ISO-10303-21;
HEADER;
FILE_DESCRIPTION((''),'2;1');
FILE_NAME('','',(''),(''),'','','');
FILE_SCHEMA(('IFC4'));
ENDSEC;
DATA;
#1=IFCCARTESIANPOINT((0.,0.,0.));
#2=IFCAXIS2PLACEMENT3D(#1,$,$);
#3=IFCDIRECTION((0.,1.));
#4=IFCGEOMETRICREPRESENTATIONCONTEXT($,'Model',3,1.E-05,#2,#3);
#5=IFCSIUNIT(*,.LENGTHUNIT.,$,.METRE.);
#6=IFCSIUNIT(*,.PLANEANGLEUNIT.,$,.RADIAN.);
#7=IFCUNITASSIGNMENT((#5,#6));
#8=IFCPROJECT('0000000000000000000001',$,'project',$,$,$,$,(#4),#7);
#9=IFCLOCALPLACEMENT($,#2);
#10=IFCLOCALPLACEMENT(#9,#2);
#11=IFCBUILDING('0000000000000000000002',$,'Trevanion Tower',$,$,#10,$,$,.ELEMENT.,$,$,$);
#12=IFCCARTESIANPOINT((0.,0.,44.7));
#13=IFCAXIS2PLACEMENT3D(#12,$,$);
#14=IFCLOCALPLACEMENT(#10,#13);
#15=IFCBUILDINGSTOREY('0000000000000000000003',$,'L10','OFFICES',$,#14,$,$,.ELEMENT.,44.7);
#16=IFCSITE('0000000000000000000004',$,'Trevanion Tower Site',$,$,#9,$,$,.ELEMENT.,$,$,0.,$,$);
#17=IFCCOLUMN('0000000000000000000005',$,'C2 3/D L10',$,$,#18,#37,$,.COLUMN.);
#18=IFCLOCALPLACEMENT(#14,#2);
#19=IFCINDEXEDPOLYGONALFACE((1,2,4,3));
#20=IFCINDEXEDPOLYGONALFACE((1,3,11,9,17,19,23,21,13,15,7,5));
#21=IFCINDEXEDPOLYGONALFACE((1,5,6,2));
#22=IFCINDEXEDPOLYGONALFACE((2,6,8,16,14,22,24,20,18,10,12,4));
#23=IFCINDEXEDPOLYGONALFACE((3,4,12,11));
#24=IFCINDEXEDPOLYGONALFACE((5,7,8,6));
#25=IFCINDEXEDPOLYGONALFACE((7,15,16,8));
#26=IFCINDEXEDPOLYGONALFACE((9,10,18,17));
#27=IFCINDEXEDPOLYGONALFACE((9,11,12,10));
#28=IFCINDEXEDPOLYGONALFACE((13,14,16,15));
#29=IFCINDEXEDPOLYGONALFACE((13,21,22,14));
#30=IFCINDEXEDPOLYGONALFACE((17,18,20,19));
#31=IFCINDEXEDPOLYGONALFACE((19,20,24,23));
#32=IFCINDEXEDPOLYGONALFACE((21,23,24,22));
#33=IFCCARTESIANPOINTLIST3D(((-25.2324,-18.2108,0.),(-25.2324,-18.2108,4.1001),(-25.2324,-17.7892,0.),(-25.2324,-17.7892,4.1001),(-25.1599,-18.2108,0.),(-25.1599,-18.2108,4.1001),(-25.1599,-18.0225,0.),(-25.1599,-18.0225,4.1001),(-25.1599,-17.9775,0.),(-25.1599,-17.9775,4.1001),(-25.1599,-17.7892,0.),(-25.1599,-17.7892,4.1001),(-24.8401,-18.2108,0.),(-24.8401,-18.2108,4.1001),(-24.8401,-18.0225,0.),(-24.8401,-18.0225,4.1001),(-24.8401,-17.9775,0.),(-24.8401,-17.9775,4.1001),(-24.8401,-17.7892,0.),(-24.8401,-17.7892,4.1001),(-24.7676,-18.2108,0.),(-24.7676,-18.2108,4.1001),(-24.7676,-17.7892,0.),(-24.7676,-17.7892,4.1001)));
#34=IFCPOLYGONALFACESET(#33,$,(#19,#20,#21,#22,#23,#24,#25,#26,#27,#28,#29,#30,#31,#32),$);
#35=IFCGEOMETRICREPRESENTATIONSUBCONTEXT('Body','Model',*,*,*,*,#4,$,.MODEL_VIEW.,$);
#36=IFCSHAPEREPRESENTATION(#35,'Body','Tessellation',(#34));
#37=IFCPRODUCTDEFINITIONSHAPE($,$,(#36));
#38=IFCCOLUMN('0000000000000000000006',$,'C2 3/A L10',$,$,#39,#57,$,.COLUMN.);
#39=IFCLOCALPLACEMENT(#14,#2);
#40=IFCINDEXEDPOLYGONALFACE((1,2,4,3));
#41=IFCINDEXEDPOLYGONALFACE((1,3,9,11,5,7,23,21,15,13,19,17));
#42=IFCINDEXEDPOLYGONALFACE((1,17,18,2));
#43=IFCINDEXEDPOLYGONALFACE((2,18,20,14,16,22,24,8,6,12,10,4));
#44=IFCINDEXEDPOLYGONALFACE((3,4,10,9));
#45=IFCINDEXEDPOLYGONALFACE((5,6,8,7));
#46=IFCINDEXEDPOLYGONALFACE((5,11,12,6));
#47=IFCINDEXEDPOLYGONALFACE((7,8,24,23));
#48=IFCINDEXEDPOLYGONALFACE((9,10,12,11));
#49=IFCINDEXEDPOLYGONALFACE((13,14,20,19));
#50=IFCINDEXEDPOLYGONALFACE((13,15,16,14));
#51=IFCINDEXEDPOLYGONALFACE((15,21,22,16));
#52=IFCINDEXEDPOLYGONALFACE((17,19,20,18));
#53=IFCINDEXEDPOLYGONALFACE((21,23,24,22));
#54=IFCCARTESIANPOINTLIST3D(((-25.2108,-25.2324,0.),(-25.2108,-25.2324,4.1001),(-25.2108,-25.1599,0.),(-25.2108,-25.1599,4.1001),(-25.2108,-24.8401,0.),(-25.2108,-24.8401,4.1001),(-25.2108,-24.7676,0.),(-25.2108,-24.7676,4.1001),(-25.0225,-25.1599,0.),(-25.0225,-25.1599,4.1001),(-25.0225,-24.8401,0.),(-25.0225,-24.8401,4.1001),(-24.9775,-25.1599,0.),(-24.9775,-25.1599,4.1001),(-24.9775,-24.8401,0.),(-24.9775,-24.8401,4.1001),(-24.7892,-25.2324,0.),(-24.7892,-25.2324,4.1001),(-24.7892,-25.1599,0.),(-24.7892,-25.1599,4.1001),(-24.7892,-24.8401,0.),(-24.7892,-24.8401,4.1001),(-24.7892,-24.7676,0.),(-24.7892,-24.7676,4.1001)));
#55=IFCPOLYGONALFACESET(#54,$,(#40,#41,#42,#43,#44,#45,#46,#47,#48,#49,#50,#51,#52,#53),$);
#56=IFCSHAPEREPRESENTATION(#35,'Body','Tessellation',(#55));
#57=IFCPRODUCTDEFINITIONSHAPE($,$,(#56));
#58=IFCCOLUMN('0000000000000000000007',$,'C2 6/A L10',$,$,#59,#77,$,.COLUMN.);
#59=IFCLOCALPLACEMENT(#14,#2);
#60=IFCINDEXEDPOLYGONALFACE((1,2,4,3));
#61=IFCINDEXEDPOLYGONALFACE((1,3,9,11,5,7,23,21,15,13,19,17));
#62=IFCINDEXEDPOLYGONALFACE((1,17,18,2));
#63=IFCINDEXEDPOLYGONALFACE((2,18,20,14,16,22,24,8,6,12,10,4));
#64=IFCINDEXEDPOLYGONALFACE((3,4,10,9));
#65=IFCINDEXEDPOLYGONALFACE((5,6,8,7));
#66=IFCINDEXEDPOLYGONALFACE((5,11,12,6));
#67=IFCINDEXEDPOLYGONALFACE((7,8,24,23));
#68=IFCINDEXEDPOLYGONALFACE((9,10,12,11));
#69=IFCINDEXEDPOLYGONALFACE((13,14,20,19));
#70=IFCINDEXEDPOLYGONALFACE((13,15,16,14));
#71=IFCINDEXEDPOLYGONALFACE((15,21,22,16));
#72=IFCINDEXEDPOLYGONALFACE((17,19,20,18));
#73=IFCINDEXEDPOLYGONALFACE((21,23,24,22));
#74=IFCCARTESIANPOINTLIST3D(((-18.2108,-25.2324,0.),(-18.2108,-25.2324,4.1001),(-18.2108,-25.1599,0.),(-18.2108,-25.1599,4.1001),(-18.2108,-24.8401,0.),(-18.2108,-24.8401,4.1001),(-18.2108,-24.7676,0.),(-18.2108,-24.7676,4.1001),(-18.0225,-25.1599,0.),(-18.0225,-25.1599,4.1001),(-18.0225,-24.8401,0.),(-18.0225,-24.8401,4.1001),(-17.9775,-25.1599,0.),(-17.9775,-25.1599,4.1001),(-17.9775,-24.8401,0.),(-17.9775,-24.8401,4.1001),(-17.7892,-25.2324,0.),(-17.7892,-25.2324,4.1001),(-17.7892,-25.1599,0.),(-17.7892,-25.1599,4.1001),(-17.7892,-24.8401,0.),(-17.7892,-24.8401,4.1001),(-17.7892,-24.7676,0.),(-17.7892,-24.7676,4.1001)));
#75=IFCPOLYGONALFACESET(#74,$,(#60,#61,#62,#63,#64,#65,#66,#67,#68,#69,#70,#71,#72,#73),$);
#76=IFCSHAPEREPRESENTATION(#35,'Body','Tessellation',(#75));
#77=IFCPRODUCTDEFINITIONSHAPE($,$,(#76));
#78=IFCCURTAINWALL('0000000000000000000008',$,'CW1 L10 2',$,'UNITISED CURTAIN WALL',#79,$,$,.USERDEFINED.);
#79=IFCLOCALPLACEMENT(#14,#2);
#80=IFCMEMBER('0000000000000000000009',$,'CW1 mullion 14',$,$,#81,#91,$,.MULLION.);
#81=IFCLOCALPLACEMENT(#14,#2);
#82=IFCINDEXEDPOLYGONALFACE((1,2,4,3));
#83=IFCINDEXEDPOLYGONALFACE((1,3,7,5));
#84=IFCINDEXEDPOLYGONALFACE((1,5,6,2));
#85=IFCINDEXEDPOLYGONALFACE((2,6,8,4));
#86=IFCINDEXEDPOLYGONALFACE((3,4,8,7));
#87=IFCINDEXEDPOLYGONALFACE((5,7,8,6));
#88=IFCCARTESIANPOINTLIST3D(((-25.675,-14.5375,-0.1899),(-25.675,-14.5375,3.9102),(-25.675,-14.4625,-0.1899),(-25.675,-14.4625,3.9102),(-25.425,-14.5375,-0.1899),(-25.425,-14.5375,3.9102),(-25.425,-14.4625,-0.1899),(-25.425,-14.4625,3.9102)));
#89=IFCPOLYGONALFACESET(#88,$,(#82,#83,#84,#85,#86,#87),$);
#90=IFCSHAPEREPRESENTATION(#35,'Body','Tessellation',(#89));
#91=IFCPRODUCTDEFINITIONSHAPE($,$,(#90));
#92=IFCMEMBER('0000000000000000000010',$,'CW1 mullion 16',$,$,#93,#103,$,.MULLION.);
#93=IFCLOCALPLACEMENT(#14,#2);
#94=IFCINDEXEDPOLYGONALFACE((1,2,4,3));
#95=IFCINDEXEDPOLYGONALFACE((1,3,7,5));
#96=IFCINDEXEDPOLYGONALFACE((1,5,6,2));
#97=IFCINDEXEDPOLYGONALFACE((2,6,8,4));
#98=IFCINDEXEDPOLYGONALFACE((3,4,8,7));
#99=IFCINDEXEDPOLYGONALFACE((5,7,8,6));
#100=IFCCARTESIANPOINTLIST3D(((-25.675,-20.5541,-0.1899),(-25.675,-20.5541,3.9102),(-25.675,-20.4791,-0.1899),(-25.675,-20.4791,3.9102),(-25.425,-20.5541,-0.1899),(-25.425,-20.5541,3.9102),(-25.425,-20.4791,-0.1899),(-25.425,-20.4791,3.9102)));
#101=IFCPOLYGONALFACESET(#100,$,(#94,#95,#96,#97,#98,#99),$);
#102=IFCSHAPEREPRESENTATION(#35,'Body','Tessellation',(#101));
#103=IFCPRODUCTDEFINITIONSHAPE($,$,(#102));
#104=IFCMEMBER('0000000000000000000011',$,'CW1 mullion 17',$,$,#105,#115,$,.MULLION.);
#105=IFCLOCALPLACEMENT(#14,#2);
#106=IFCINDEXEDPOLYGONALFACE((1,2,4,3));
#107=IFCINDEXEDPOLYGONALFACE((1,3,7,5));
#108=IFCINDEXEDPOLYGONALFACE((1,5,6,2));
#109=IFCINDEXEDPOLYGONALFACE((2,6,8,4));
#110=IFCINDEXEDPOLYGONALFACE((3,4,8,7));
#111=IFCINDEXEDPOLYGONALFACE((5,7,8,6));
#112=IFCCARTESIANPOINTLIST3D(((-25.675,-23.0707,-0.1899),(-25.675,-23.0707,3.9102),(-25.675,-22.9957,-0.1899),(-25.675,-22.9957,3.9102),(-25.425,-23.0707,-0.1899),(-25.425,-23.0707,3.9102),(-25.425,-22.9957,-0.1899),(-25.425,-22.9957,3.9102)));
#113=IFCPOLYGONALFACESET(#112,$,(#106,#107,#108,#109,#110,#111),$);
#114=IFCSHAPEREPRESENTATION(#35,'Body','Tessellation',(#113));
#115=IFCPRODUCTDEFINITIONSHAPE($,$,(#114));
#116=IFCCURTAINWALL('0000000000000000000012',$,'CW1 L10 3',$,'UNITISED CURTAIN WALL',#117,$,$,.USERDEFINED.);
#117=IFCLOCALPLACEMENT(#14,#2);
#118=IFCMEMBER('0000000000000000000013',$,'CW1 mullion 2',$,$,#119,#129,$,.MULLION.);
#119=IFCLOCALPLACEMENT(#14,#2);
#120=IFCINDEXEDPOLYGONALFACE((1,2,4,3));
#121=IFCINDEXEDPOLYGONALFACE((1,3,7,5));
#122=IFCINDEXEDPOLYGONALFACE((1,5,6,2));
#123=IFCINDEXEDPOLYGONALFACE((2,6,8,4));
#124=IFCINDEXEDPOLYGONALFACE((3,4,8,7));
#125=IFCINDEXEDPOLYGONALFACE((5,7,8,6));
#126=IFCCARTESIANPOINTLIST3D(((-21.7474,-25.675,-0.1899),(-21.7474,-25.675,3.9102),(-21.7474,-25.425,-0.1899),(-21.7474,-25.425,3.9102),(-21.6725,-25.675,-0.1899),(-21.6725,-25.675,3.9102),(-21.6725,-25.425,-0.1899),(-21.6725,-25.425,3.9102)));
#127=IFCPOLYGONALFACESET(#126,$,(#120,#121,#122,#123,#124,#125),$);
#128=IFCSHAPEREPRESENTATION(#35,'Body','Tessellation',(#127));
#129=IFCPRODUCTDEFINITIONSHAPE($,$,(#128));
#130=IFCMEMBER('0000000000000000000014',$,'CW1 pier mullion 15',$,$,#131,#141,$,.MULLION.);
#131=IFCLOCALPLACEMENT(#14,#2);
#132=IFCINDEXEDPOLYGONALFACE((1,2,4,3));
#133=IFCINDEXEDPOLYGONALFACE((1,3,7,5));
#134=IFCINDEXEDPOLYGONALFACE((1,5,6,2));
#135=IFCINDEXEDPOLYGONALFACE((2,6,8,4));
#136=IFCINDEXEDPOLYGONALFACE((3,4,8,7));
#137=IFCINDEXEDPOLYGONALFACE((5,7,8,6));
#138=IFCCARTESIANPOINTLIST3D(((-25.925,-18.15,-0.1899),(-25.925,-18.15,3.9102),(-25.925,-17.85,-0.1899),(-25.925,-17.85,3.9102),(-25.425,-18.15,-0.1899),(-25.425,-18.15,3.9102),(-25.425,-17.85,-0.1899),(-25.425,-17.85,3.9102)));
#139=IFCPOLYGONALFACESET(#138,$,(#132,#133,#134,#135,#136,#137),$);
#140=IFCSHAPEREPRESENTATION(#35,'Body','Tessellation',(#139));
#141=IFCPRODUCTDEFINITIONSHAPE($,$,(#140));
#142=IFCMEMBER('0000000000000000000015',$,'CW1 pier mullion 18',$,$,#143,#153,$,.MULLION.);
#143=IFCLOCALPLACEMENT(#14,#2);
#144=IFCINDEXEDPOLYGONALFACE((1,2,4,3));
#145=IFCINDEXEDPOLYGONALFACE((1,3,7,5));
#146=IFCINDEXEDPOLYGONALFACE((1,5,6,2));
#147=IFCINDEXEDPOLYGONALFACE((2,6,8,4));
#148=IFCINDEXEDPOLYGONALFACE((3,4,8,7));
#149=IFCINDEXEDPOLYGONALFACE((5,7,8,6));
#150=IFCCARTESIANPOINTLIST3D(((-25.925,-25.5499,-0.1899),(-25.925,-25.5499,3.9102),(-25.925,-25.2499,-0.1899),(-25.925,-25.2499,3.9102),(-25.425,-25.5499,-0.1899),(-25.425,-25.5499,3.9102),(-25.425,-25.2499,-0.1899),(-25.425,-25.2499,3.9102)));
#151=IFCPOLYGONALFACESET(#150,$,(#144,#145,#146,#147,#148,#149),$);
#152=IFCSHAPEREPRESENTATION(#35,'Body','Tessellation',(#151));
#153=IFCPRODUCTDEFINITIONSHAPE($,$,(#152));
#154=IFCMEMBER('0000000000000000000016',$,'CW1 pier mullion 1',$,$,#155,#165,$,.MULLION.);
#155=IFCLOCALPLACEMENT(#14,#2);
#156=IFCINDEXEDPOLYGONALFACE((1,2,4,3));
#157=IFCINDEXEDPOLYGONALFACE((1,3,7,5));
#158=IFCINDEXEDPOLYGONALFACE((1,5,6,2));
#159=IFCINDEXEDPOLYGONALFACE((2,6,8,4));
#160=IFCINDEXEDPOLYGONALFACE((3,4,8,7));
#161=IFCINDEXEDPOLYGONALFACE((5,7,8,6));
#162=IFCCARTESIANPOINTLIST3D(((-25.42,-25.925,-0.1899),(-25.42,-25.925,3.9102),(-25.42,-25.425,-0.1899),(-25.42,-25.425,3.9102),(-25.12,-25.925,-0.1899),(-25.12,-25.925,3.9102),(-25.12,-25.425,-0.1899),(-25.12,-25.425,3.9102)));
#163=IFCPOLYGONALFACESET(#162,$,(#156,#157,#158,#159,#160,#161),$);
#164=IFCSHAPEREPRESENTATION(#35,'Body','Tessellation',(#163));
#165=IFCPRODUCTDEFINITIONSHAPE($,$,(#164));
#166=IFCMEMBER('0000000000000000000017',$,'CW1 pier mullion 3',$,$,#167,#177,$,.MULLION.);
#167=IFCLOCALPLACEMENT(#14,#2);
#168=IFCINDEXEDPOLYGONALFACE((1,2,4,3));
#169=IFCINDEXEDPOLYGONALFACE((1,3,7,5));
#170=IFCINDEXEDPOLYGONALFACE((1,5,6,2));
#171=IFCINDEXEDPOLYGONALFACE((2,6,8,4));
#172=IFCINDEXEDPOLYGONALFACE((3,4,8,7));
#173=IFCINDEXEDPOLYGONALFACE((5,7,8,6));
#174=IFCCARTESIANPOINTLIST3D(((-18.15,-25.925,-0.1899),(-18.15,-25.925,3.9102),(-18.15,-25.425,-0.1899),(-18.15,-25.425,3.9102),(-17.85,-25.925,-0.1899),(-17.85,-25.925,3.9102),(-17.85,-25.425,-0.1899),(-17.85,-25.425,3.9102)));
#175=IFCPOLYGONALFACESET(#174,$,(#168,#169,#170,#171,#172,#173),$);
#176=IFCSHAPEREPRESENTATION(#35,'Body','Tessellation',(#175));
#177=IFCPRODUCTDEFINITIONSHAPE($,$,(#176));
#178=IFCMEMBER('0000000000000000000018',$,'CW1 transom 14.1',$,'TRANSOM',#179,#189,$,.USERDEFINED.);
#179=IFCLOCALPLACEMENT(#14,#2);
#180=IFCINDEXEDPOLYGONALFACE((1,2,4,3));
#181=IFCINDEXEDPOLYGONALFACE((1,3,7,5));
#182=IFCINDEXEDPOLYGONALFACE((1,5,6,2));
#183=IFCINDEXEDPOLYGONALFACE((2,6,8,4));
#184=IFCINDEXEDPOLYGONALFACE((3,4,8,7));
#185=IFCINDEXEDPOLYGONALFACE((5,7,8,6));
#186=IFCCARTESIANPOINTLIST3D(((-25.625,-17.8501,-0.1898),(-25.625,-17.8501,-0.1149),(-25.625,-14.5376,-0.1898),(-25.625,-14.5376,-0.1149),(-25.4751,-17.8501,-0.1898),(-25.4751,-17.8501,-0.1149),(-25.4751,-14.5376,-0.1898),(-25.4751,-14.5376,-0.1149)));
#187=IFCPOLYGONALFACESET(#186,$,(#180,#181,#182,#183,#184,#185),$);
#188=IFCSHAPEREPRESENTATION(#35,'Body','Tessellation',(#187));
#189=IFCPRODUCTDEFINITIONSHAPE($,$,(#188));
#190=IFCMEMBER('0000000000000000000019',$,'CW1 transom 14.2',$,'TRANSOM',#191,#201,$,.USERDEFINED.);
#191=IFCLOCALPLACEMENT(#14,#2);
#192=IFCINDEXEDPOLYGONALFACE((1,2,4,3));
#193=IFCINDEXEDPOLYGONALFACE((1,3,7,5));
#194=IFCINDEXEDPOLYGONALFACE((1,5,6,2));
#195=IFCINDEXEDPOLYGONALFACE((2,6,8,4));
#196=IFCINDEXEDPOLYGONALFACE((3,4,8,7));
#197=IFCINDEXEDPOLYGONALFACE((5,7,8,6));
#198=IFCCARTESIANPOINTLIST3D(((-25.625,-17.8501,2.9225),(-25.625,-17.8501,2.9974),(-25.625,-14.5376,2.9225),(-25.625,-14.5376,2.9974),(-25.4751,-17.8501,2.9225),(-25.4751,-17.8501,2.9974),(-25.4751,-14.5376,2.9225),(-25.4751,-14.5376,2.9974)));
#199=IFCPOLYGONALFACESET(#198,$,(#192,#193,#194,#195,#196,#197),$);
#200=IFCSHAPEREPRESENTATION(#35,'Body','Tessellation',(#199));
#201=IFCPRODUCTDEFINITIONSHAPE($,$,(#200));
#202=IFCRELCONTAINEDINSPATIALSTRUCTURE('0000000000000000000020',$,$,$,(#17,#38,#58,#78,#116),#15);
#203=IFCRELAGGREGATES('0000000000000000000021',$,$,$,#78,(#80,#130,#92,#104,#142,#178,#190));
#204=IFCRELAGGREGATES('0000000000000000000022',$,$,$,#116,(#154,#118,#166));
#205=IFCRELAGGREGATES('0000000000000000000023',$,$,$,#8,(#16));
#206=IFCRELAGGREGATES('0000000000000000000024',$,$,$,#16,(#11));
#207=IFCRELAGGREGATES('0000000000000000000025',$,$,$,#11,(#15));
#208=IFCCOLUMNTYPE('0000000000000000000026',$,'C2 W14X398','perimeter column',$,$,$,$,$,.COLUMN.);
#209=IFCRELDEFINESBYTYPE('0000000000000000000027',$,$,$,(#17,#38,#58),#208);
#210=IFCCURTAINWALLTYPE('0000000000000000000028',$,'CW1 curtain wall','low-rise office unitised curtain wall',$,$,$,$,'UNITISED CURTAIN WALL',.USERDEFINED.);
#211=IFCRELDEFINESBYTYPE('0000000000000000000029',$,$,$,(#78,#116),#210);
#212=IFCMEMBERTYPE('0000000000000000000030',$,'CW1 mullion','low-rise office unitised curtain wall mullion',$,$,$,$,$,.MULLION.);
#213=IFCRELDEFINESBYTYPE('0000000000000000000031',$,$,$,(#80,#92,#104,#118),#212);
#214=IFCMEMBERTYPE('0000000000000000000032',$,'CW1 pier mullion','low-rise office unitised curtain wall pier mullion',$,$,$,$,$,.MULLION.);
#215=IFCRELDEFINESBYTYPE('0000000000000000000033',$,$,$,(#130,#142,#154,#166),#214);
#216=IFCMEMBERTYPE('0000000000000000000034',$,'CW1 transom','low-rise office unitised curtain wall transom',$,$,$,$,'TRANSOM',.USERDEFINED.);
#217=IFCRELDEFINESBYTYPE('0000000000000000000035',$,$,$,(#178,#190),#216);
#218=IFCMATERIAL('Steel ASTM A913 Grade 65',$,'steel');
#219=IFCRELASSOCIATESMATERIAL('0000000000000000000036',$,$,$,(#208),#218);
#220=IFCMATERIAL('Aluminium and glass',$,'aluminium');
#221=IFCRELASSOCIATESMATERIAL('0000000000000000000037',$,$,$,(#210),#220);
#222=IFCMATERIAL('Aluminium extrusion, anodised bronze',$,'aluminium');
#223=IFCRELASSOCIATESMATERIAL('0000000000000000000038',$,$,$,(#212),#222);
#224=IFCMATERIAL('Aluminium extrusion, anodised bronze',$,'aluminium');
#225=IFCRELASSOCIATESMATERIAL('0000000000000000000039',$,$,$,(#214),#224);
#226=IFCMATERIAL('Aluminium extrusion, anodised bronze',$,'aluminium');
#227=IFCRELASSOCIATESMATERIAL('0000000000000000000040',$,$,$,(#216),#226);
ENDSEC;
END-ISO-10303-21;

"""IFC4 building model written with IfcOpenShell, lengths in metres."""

from ifc_helpers import new_model, si_unit, direction, frame, origin, origin_2d, place, context, subcontext, project, spatial, rectangle, i_section, extrude, material, material_profile, profile_set, type_object, element, aggregate, save


model = new_model("IFC4")

# Units and contexts
model_context = context("Model", 3, precision=1e-05, world=origin(), true_north=direction((0.0, 1.0)))
body_context = subcontext(model_context, "Body", "Model", "MODEL_VIEW")
ifc_project = project(units=[si_unit("LENGTHUNIT", "METRE"), si_unit("PLANEANGLEUNIT", "RADIAN")], contexts=[model_context])

# Site, building, storey
site_placement = place(None, origin())
site = spatial("IfcSite", under=ifc_project, at=site_placement, Name="Trevanion Tower Site", CompositionType="ELEMENT", RefElevation=0.0)
building_placement = place(site_placement, origin())
building = spatial("IfcBuilding", under=site, at=building_placement, Name="Trevanion Tower", CompositionType="ELEMENT")
storey_placement = place(building_placement, frame((0.0, 0.0, 44.7)))
storey = spatial("IfcBuildingStorey", under=building, at=storey_placement, Name="L10", Description="OFFICES", CompositionType="ELEMENT", Elevation=44.7)

# Columns
ifc_material_1 = material(Name="Steel ASTM A913 Grade 65", Category="steel")
ifc_material_profile_1 = material_profile(ifc_material_1, i_section(OverallWidth=0.4216, OverallDepth=0.4648, WebThickness=0.0449, FlangeThickness=0.0725, at=origin_2d()), Name="W14X398")
ifc_profile_set_1 = profile_set([ifc_material_profile_1], Name="Steel ASTM A913 Grade 65")
column_type = type_object("IfcColumnType", Name="C2 W14X398", Description="perimeter column", PredefinedType="COLUMN", material=ifc_profile_set_1)
for number, where, z_axis, x_axis, name in (
    (1, (-25.0, -18.0, 0.0), (0.0, 0.0, 1.0), (0.0, 1.0, 0.0), "C2 3/D L10"),
    (2, (-25.0, -25.0, 0.0), (0.0, 0.0, 1.0), (1.0, 0.0, 0.0), "C2 3/A L10"),
    (3, (-18.0, -25.0, 0.0), (0.0, 0.0, 1.0), (1.0, 0.0, 0.0), "C2 6/A L10"),
):
    element("IfcColumn", number, at=place(storey_placement, frame(where, z_axis=z_axis, x_axis=x_axis)), inside=storey, type_object=column_type, Name=name, PredefinedType="COLUMN", context=body_context, shape_type="SweptSolid", body=[
        extrude(i_section(OverallWidth=0.4216, OverallDepth=0.4648, WebThickness=0.0449, FlangeThickness=0.0725, at=origin_2d()), origin(), (0.0, 0.0, 1.0), 4.1001),
    ])

# Curtain wall, members
ifc_material_2 = material(Name="Aluminium and glass", Category="aluminium")
curtain_wall_type = type_object("IfcCurtainWallType", Name="CW1 curtain wall", Description="low-rise office unitised curtain wall", ElementType="UNITISED CURTAIN WALL", PredefinedType="USERDEFINED", material=ifc_material_2)
curtain_wall_1_placement = place(storey_placement, origin())
curtain_wall_1 = element("IfcCurtainWall", 4, at=curtain_wall_1_placement, inside=storey, type_object=curtain_wall_type, Name="CW1 L10 2", ObjectType="UNITISED CURTAIN WALL", PredefinedType="USERDEFINED")
ifc_material_3 = material(Name="Aluminium extrusion, anodised bronze", Category="aluminium")
ifc_material_profile_2 = material_profile(ifc_material_3, rectangle(XDim=0.075, YDim=0.25, at=origin_2d()), Name="CW1 mullion")
ifc_profile_set_2 = profile_set([ifc_material_profile_2], Name="Aluminium extrusion, anodised bronze")
member_type_1 = type_object("IfcMemberType", Name="CW1 mullion", Description="low-rise office unitised curtain wall mullion", PredefinedType="MULLION", material=ifc_profile_set_2)
member_1_placement = place(storey_placement, frame((-25.55, -14.5, -0.1899), z_axis=(0.0, 0.0, 1.0), x_axis=(0.0, -1.0, 0.0)))
member_1 = element("IfcMember", 5, at=member_1_placement, type_object=member_type_1, Name="CW1 mullion 14", PredefinedType="MULLION", context=body_context, shape_type="SweptSolid", body=[
    extrude(rectangle(XDim=0.075, YDim=0.25, at=origin_2d()), origin(), (0.0, 0.0, 1.0), 4.1001),
])
member_2_placement = place(storey_placement, frame((-25.55, -20.5166, -0.1899), z_axis=(0.0, 0.0, 1.0), x_axis=(0.0, -1.0, 0.0)))
member_2 = element("IfcMember", 6, at=member_2_placement, type_object=member_type_1, Name="CW1 mullion 16", PredefinedType="MULLION", context=body_context, shape_type="SweptSolid", body=[
    extrude(rectangle(XDim=0.075, YDim=0.25, at=origin_2d()), origin(), (0.0, 0.0, 1.0), 4.1001),
])
member_3_placement = place(storey_placement, frame((-25.55, -23.0332, -0.1899), z_axis=(0.0, 0.0, 1.0), x_axis=(0.0, -1.0, 0.0)))
member_3 = element("IfcMember", 7, at=member_3_placement, type_object=member_type_1, Name="CW1 mullion 17", PredefinedType="MULLION", context=body_context, shape_type="SweptSolid", body=[
    extrude(rectangle(XDim=0.075, YDim=0.25, at=origin_2d()), origin(), (0.0, 0.0, 1.0), 4.1001),
])

# Curtain wall, member
curtain_wall_2_placement = place(storey_placement, origin())
curtain_wall_2 = element("IfcCurtainWall", 8, at=curtain_wall_2_placement, inside=storey, type_object=curtain_wall_type, Name="CW1 L10 3", ObjectType="UNITISED CURTAIN WALL", PredefinedType="USERDEFINED")
member_4_placement = place(storey_placement, frame((-21.71, -25.55, -0.1899), z_axis=(0.0, 0.0, 1.0), x_axis=(1.0, 0.0, 0.0)))
member_4 = element("IfcMember", 9, at=member_4_placement, type_object=member_type_1, Name="CW1 mullion 2", PredefinedType="MULLION", context=body_context, shape_type="SweptSolid", body=[
    extrude(rectangle(XDim=0.075, YDim=0.25, at=origin_2d()), origin(), (0.0, 0.0, 1.0), 4.1001),
])

# Members
ifc_material_4 = material(Name="Aluminium extrusion, anodised bronze", Category="aluminium")
ifc_material_profile_3 = material_profile(ifc_material_4, rectangle(XDim=0.3, YDim=0.5, at=origin_2d()), Name="CW1 pier mullion")
ifc_profile_set_3 = profile_set([ifc_material_profile_3], Name="Aluminium extrusion, anodised bronze")
member_type_2 = type_object("IfcMemberType", Name="CW1 pier mullion", Description="low-rise office unitised curtain wall pier mullion", PredefinedType="MULLION", material=ifc_profile_set_3)
member_5_placement = place(storey_placement, frame((-25.675, -18.0, -0.1899), z_axis=(0.0, 0.0, 1.0), x_axis=(0.0, -1.0, 0.0)))
member_5 = element("IfcMember", 10, at=member_5_placement, type_object=member_type_2, Name="CW1 pier mullion 15", PredefinedType="MULLION", context=body_context, shape_type="SweptSolid", body=[
    extrude(rectangle(XDim=0.3, YDim=0.5, at=origin_2d()), origin(), (0.0, 0.0, 1.0), 4.1001),
])
member_6_placement = place(storey_placement, frame((-25.675, -25.3999, -0.1899), z_axis=(0.0, 0.0, 1.0), x_axis=(0.0, -1.0, 0.0)))
member_6 = element("IfcMember", 11, at=member_6_placement, type_object=member_type_2, Name="CW1 pier mullion 18", PredefinedType="MULLION", context=body_context, shape_type="SweptSolid", body=[
    extrude(rectangle(XDim=0.3, YDim=0.5, at=origin_2d()), origin(), (0.0, 0.0, 1.0), 4.1001),
])
member_7_placement = place(storey_placement, frame((-25.27, -25.675, -0.1899), z_axis=(0.0, 0.0, 1.0), x_axis=(1.0, 0.0, 0.0)))
member_7 = element("IfcMember", 12, at=member_7_placement, type_object=member_type_2, Name="CW1 pier mullion 1", PredefinedType="MULLION", context=body_context, shape_type="SweptSolid", body=[
    extrude(rectangle(XDim=0.3, YDim=0.5, at=origin_2d()), origin(), (0.0, 0.0, 1.0), 4.1001),
])
member_8_placement = place(storey_placement, frame((-18.0, -25.675, -0.1899), z_axis=(0.0, 0.0, 1.0), x_axis=(1.0, 0.0, 0.0)))
member_8 = element("IfcMember", 13, at=member_8_placement, type_object=member_type_2, Name="CW1 pier mullion 3", PredefinedType="MULLION", context=body_context, shape_type="SweptSolid", body=[
    extrude(rectangle(XDim=0.3, YDim=0.5, at=origin_2d()), origin(), (0.0, 0.0, 1.0), 4.1001),
])
ifc_material_5 = material(Name="Aluminium extrusion, anodised bronze", Category="aluminium")
ifc_material_profile_4 = material_profile(ifc_material_5, rectangle(XDim=0.1499, YDim=0.075, at=origin_2d()), Name="CW1 transom")
ifc_profile_set_4 = profile_set([ifc_material_profile_4], Name="Aluminium extrusion, anodised bronze")
member_type_3 = type_object("IfcMemberType", Name="CW1 transom", Description="low-rise office unitised curtain wall transom", ElementType="TRANSOM", PredefinedType="USERDEFINED", material=ifc_profile_set_4)
member_9_placement = place(storey_placement, frame((-25.55, -14.5376, -0.1523), z_axis=(0.0, -1.0, 0.0), x_axis=(1.0, 0.0, 0.0)))
member_9 = element("IfcMember", 14, at=member_9_placement, type_object=member_type_3, Name="CW1 transom 14.1", ObjectType="TRANSOM", PredefinedType="USERDEFINED", context=body_context, shape_type="SweptSolid", body=[
    extrude(rectangle(XDim=0.1499, YDim=0.075, at=origin_2d()), origin(), (0.0, 0.0, 1.0), 3.3125),
])
member_10_placement = place(storey_placement, frame((-25.55, -14.5376, 2.96), z_axis=(0.0, -1.0, 0.0), x_axis=(1.0, 0.0, 0.0)))
member_10 = element("IfcMember", 15, at=member_10_placement, type_object=member_type_3, Name="CW1 transom 14.2", ObjectType="TRANSOM", PredefinedType="USERDEFINED", context=body_context, shape_type="SweptSolid", body=[
    extrude(rectangle(XDim=0.1499, YDim=0.075, at=origin_2d()), origin(), (0.0, 0.0, 1.0), 3.3125),
])

aggregate(curtain_wall_1, [member_1, member_5, member_2, member_3, member_6, member_9, member_10])
aggregate(curtain_wall_2, [member_7, member_4, member_8])

save(model, "model.ifc")
